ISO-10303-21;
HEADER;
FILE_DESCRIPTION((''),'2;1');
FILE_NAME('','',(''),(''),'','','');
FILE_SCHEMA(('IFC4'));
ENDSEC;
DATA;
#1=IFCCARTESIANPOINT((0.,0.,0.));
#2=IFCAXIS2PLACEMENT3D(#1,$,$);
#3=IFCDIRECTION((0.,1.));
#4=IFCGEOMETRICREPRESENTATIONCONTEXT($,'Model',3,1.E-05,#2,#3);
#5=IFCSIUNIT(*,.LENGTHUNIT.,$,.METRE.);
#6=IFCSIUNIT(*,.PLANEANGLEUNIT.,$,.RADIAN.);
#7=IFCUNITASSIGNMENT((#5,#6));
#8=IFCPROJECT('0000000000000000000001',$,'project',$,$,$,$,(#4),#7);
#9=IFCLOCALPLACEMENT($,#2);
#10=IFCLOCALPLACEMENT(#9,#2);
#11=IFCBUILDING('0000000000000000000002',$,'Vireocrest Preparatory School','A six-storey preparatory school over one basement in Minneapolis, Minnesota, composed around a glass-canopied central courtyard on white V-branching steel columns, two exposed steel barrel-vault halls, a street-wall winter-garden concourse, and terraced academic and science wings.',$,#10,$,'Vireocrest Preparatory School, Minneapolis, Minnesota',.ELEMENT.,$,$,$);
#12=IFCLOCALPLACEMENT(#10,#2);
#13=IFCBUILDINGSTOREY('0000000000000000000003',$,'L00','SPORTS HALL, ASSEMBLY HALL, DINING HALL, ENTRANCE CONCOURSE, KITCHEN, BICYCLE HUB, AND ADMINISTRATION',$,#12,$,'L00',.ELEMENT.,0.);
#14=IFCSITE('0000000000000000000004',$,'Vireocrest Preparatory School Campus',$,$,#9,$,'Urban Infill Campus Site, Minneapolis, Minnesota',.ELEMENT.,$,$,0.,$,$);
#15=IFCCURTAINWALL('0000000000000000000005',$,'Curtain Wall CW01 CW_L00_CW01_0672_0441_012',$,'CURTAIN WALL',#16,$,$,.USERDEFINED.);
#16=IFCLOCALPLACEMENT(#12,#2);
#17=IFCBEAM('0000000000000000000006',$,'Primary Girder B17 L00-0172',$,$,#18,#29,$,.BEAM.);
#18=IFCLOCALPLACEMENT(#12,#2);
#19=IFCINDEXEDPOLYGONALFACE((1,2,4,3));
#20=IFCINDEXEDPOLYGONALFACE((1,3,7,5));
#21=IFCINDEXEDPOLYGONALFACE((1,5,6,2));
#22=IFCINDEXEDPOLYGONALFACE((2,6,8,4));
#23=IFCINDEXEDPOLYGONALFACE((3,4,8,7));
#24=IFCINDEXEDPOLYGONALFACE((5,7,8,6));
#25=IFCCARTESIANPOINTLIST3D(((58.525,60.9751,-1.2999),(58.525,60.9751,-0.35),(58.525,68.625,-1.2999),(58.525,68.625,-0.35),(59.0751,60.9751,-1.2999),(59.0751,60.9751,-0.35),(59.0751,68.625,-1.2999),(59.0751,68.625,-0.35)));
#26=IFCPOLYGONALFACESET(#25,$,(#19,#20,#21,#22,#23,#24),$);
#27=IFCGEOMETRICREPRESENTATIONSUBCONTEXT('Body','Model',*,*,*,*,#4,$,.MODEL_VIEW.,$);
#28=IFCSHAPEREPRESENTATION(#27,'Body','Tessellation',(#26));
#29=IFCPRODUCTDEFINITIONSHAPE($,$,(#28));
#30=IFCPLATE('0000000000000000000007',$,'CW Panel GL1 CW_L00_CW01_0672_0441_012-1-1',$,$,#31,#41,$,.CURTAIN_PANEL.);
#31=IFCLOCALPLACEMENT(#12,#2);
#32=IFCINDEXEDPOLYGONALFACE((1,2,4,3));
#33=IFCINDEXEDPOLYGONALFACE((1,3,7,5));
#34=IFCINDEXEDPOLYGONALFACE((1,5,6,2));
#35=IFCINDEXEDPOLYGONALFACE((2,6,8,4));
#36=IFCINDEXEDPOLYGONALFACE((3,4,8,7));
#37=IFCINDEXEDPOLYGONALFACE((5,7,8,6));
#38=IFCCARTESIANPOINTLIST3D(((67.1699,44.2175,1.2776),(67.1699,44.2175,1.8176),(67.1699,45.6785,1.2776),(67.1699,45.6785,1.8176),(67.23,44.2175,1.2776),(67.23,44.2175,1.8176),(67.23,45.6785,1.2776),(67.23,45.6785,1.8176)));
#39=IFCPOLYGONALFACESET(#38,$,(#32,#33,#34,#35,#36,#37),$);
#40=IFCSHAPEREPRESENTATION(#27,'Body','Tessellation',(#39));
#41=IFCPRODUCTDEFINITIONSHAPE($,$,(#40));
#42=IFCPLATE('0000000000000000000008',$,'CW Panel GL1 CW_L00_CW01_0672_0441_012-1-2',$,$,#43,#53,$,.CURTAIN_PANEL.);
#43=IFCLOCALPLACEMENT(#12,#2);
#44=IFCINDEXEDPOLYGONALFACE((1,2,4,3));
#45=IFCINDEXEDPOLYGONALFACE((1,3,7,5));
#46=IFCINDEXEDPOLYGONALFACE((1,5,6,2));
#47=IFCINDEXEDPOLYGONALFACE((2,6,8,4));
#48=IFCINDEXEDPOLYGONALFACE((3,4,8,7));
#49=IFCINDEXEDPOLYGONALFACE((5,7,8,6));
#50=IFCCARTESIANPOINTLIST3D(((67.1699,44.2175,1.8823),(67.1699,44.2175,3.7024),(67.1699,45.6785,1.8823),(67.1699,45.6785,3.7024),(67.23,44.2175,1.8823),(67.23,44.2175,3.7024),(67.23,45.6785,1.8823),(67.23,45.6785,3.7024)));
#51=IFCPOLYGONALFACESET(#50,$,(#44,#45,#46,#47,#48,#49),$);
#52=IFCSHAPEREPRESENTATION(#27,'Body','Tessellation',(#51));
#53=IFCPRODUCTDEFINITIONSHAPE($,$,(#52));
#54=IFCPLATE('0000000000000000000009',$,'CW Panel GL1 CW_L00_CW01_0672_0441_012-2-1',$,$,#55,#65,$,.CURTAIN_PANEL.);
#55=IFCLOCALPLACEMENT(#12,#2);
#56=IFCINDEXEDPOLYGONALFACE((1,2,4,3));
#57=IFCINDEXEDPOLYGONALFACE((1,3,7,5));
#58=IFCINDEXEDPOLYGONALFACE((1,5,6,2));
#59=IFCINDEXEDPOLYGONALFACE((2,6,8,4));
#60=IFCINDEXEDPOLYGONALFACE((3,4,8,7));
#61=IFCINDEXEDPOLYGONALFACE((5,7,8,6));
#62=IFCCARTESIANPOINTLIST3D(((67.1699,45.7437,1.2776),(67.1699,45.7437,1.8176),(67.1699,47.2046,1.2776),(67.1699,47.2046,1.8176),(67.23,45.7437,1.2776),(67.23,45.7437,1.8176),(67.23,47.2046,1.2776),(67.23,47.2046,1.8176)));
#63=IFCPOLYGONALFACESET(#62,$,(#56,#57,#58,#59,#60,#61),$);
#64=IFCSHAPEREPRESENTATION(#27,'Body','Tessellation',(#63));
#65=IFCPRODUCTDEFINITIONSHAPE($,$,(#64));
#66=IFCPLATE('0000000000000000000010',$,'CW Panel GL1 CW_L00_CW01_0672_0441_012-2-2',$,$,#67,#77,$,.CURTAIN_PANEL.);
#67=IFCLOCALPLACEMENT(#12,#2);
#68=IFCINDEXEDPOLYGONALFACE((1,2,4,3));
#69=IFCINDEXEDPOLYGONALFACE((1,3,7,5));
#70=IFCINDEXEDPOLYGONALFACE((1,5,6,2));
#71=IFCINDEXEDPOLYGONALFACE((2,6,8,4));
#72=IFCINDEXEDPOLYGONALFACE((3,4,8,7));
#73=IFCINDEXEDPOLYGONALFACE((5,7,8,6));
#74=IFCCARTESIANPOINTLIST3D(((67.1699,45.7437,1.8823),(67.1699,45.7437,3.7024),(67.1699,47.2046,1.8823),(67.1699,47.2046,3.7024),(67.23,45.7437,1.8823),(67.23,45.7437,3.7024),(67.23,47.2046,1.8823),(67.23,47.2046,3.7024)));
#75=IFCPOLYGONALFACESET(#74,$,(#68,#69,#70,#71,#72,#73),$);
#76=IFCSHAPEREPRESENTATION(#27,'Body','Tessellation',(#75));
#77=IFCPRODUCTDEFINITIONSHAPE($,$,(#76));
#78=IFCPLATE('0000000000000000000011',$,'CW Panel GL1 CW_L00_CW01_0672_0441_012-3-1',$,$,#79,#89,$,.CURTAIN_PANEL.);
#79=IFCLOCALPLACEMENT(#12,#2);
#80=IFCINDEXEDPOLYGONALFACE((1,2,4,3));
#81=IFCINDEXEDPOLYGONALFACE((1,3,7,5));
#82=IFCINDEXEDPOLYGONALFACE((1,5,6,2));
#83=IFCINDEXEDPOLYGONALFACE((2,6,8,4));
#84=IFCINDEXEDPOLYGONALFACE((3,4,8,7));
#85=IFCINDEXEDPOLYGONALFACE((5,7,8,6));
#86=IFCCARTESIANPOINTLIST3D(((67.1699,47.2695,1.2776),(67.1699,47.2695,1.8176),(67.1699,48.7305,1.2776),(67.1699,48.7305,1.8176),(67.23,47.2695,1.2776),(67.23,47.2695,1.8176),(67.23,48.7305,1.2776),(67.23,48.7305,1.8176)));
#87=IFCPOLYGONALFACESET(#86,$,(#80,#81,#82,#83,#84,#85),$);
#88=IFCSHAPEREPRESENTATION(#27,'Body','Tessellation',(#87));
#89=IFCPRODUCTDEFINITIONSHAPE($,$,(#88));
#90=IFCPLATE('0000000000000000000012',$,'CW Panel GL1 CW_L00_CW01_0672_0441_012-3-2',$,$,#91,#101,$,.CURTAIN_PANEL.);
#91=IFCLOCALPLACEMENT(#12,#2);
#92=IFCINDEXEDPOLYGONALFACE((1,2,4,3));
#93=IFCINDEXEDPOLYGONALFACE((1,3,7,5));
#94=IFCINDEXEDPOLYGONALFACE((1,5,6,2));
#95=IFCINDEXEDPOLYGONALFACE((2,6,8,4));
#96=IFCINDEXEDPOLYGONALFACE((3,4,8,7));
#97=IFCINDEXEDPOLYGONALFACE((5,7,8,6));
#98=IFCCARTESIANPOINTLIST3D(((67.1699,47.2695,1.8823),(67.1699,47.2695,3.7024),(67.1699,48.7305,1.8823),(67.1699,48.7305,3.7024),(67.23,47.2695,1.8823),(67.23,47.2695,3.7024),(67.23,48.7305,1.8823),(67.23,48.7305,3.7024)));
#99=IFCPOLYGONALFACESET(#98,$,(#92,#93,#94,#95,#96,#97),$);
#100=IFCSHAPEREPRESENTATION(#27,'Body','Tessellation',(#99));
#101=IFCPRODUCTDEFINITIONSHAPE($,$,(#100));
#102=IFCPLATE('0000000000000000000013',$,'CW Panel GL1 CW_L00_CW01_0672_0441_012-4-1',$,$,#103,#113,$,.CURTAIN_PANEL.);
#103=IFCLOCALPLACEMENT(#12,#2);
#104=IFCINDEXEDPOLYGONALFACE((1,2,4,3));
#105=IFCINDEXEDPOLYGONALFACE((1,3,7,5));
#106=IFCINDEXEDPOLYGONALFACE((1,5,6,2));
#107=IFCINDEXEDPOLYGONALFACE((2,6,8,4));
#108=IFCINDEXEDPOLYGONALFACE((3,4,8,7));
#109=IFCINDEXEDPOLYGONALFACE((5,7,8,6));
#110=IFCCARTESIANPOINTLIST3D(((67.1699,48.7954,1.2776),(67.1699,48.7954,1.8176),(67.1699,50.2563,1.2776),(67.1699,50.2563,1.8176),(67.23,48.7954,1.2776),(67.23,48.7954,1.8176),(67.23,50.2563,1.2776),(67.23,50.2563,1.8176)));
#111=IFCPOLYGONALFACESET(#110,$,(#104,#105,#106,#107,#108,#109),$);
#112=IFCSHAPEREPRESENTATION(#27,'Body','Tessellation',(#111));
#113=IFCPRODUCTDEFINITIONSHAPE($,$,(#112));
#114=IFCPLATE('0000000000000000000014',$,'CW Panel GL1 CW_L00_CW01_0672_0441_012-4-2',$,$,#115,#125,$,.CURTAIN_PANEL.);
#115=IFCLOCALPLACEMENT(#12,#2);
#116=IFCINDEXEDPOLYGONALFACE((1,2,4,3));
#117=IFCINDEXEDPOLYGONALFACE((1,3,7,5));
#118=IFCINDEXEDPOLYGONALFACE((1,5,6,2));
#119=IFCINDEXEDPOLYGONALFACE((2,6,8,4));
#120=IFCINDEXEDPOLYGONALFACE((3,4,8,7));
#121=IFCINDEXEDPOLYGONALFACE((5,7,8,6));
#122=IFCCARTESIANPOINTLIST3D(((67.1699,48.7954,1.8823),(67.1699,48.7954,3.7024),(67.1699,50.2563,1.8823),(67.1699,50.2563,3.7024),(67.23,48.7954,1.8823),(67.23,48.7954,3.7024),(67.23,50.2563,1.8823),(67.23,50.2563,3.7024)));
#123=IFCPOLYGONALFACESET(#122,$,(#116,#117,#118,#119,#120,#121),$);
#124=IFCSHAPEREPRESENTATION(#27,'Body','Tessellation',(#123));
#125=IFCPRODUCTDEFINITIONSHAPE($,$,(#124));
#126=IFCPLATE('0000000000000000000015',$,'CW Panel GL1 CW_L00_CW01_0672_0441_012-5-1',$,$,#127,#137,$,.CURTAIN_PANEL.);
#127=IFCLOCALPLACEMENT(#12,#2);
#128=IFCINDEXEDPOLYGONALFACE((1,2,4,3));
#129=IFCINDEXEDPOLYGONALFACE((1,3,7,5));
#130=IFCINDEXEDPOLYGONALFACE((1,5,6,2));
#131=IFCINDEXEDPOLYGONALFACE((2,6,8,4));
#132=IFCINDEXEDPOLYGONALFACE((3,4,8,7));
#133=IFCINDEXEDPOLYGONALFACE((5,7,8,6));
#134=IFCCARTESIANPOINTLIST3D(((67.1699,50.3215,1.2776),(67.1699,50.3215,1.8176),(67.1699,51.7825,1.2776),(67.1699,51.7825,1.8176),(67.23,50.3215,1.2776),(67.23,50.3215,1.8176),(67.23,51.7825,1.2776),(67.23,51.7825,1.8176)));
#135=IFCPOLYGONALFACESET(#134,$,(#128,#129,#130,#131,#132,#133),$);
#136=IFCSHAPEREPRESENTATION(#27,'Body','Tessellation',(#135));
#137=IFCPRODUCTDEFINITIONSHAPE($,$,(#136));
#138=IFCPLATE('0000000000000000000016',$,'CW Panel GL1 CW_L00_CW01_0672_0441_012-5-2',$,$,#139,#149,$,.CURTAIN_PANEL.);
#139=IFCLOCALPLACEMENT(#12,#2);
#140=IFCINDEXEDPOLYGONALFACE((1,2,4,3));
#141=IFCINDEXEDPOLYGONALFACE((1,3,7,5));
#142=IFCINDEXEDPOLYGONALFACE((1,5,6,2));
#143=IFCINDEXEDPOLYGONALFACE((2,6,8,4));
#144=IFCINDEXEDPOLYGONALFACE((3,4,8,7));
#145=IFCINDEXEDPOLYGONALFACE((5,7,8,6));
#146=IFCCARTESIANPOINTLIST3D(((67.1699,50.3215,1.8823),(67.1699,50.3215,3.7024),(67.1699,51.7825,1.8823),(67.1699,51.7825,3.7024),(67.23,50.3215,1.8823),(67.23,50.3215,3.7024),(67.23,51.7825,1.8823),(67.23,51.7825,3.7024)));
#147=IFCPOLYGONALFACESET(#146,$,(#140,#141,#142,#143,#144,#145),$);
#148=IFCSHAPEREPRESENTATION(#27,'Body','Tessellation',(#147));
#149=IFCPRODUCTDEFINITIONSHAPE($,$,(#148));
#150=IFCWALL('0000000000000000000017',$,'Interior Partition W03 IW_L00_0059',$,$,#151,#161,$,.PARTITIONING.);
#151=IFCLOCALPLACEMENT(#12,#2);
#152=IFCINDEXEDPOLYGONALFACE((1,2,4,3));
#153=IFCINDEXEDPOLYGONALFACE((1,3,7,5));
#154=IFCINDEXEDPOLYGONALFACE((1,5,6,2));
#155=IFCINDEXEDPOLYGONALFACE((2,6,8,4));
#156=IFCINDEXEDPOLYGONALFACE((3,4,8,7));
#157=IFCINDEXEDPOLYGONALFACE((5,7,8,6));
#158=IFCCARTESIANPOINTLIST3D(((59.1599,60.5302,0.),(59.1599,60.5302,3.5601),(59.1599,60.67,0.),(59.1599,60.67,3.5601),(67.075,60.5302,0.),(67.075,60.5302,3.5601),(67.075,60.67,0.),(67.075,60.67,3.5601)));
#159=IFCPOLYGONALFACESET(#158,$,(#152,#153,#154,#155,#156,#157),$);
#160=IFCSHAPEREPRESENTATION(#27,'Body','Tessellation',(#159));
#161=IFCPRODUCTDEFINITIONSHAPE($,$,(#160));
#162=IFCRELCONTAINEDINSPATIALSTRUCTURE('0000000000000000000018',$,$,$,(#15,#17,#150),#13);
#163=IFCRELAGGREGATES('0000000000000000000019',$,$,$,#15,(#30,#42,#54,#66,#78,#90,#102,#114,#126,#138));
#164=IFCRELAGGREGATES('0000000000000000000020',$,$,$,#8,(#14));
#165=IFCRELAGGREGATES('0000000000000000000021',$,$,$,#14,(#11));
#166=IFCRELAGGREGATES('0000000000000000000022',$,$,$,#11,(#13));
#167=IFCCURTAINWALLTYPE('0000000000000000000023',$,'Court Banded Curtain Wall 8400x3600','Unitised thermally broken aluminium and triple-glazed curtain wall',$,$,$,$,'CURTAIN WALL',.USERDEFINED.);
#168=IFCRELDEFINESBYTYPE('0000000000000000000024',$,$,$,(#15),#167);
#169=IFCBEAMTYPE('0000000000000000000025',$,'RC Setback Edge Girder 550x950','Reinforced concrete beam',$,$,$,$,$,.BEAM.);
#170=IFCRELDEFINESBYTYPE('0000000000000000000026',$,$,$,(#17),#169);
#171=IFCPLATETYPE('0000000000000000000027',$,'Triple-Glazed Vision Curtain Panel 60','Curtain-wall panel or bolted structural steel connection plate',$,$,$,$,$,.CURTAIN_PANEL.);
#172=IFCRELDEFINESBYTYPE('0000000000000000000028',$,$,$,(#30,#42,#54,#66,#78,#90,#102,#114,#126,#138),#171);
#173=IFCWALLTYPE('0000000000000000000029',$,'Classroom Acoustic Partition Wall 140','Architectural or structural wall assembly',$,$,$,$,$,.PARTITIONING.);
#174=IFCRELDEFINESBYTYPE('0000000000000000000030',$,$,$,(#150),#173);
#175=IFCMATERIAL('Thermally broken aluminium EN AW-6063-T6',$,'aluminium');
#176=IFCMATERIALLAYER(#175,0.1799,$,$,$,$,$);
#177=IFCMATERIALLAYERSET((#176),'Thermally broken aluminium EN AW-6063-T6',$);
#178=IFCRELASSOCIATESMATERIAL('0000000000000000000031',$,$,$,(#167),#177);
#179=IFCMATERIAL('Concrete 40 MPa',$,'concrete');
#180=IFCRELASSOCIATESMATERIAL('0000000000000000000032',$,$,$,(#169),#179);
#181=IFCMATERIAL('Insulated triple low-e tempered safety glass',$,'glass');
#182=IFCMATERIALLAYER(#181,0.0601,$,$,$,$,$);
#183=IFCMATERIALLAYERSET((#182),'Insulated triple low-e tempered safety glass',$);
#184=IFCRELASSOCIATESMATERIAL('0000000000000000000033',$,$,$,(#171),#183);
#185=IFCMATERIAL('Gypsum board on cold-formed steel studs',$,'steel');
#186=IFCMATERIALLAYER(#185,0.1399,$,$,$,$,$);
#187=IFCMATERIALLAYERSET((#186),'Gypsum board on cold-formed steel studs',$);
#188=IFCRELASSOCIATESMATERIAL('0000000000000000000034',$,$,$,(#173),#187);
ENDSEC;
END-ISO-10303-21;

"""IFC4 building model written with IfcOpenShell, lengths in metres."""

from ifc_helpers import new_model, si_unit, direction, frame, frame_2d, origin, origin_2d, place, context, subcontext, project, spatial, rectangle, extrude, material, layer, layer_set, material_profile, profile_set, type_object, element, aggregate, save


model = new_model("IFC4")

# Units and contexts
model_context = context("Model", 3, precision=1e-05, world=origin(), true_north=direction((0.0, 1.0)))
body_context = subcontext(model_context, "Body", "Model", "MODEL_VIEW")
ifc_project = project(units=[si_unit("LENGTHUNIT", "METRE"), si_unit("PLANEANGLEUNIT", "RADIAN")], contexts=[model_context])

# Site, building, storey
site_placement = place(None, origin())
site = spatial("IfcSite", under=ifc_project, at=site_placement, Name="Vireocrest Preparatory School Campus", LongName="Urban Infill Campus Site, Minneapolis, Minnesota", CompositionType="ELEMENT", RefElevation=0.0)
building_placement = place(site_placement, origin())
building = spatial("IfcBuilding", under=site, at=building_placement, Name="Vireocrest Preparatory School", Description="A six-storey preparatory school over one basement in Minneapolis, Minnesota, composed around a glass-canopied central courtyard on white V-branching steel columns, two exposed steel barrel-vault halls, a street-wall winter-garden concourse, and terraced academic and science wings.", LongName="Vireocrest Preparatory School, Minneapolis, Minnesota", CompositionType="ELEMENT")
storey_placement = place(building_placement, origin())
storey = spatial("IfcBuildingStorey", under=building, at=storey_placement, Name="L00", Description="SPORTS HALL, ASSEMBLY HALL, DINING HALL, ENTRANCE CONCOURSE, KITCHEN, BICYCLE HUB, AND ADMINISTRATION", LongName="L00", CompositionType="ELEMENT", Elevation=0.0)

# Curtain wall
ifc_material_1 = material(Name="Thermally broken aluminium EN AW-6063-T6", Category="aluminium")
ifc_layer_1 = layer(ifc_material_1, 0.1799)
ifc_layer_set_1 = layer_set([ifc_layer_1], Name="Thermally broken aluminium EN AW-6063-T6")
curtain_wall_type = type_object("IfcCurtainWallType", Name="Court Banded Curtain Wall 8400x3600", Description="Unitised thermally broken aluminium and triple-glazed curtain wall", ElementType="CURTAIN WALL", PredefinedType="USERDEFINED", material=ifc_layer_set_1)
curtain_wall_placement = place(storey_placement, origin())
curtain_wall = element("IfcCurtainWall", 1, at=curtain_wall_placement, inside=storey, type_object=curtain_wall_type, Name="Curtain Wall CW01 CW_L00_CW01_0672_0441_012", ObjectType="CURTAIN WALL", PredefinedType="USERDEFINED")

# Beam
ifc_material_2 = material(Name="Concrete 40 MPa", Category="concrete")
ifc_material_profile_1 = material_profile(ifc_material_2, rectangle(XDim=0.55, YDim=0.95, at=origin_2d()), Name="RC 550x950")
ifc_profile_set_1 = profile_set([ifc_material_profile_1], Name="Concrete 40 MPa")
beam_type_1 = type_object("IfcBeamType", Name="RC Setback Edge Girder 550x950", Description="Reinforced concrete beam", PredefinedType="BEAM", material=ifc_profile_set_1)
beam_1_placement = place(storey_placement, frame((58.8, 60.9751, -0.825), z_axis=(0.0, 1.0, 0.0), x_axis=(-1.0, 0.0, 0.0)))
element("IfcBeam", 2, at=beam_1_placement, inside=storey, type_object=beam_type_1, Name="Primary Girder B17 L00-0172", PredefinedType="BEAM", context=body_context, shape_type="SweptSolid", body=[
    extrude(rectangle(XDim=0.55, YDim=0.95, at=origin_2d()), origin(), (0.0, 0.0, 1.0), 7.6499),
])

# Plates
ifc_material_3 = material(Name="Insulated triple low-e tempered safety glass", Category="glass")
ifc_layer_2 = layer(ifc_material_3, 0.0601)
ifc_layer_set_2 = layer_set([ifc_layer_2], Name="Insulated triple low-e tempered safety glass")
plate_type = type_object("IfcPlateType", Name="Triple-Glazed Vision Curtain Panel 60", Description="Curtain-wall panel or bolted structural steel connection plate", PredefinedType="CURTAIN_PANEL", material=ifc_layer_set_2)
plate_1_placement = place(storey_placement, frame((67.2, 44.948, 1.2776), z_axis=(0.0, 0.0, 1.0), x_axis=(0.0, 1.0, 0.0)))
plate_1 = element("IfcPlate", 3, at=plate_1_placement, type_object=plate_type, Name="CW Panel GL1 CW_L00_CW01_0672_0441_012-1-1", PredefinedType="CURTAIN_PANEL", context=body_context, shape_type="SweptSolid", body=[
    extrude(rectangle(XDim=1.4609, YDim=0.0601, at=origin_2d()), origin(), (0.0, 0.0, 1.0), 0.54),
])
plate_2_placement = place(storey_placement, frame((67.2, 44.948, 1.8823), z_axis=(0.0, 0.0, 1.0), x_axis=(0.0, 1.0, 0.0)))
plate_2 = element("IfcPlate", 4, at=plate_2_placement, type_object=plate_type, Name="CW Panel GL1 CW_L00_CW01_0672_0441_012-1-2", PredefinedType="CURTAIN_PANEL", context=body_context, shape_type="SweptSolid", body=[
    extrude(rectangle(XDim=1.4609, YDim=0.0601, at=origin_2d()), origin(), (0.0, 0.0, 1.0), 1.8201),
])
plate_3_placement = place(storey_placement, frame((67.2, 46.4741, 1.2776), z_axis=(0.0, 0.0, 1.0), x_axis=(0.0, 1.0, 0.0)))
plate_3 = element("IfcPlate", 5, at=plate_3_placement, type_object=plate_type, Name="CW Panel GL1 CW_L00_CW01_0672_0441_012-2-1", PredefinedType="CURTAIN_PANEL", context=body_context, shape_type="SweptSolid", body=[
    extrude(rectangle(XDim=1.4609, YDim=0.0601, at=origin_2d()), origin(), (0.0, 0.0, 1.0), 0.54),
])
plate_4_placement = place(storey_placement, frame((67.2, 46.4741, 1.8823), z_axis=(0.0, 0.0, 1.0), x_axis=(0.0, 1.0, 0.0)))
plate_4 = element("IfcPlate", 6, at=plate_4_placement, type_object=plate_type, Name="CW Panel GL1 CW_L00_CW01_0672_0441_012-2-2", PredefinedType="CURTAIN_PANEL", context=body_context, shape_type="SweptSolid", body=[
    extrude(rectangle(XDim=1.4609, YDim=0.0601, at=origin_2d()), origin(), (0.0, 0.0, 1.0), 1.8201),
])
plate_5_placement = place(storey_placement, frame((67.2, 48.0, 1.2776), z_axis=(0.0, 0.0, 1.0), x_axis=(0.0, 1.0, 0.0)))
plate_5 = element("IfcPlate", 7, at=plate_5_placement, type_object=plate_type, Name="CW Panel GL1 CW_L00_CW01_0672_0441_012-3-1", PredefinedType="CURTAIN_PANEL", context=body_context, shape_type="SweptSolid", body=[
    extrude(rectangle(XDim=1.4609, YDim=0.0601, at=origin_2d()), origin(), (0.0, 0.0, 1.0), 0.54),
])
plate_6_placement = place(storey_placement, frame((67.2, 48.0, 1.8823), z_axis=(0.0, 0.0, 1.0), x_axis=(0.0, 1.0, 0.0)))
plate_6 = element("IfcPlate", 8, at=plate_6_placement, type_object=plate_type, Name="CW Panel GL1 CW_L00_CW01_0672_0441_012-3-2", PredefinedType="CURTAIN_PANEL", context=body_context, shape_type="SweptSolid", body=[
    extrude(rectangle(XDim=1.4609, YDim=0.0601, at=origin_2d()), origin(), (0.0, 0.0, 1.0), 1.8201),
])
plate_7_placement = place(storey_placement, frame((67.2, 49.5259, 1.2776), z_axis=(0.0, 0.0, 1.0), x_axis=(0.0, 1.0, 0.0)))
plate_7 = element("IfcPlate", 9, at=plate_7_placement, type_object=plate_type, Name="CW Panel GL1 CW_L00_CW01_0672_0441_012-4-1", PredefinedType="CURTAIN_PANEL", context=body_context, shape_type="SweptSolid", body=[
    extrude(rectangle(XDim=1.4609, YDim=0.0601, at=origin_2d()), origin(), (0.0, 0.0, 1.0), 0.54),
])
plate_8_placement = place(storey_placement, frame((67.2, 49.5259, 1.8823), z_axis=(0.0, 0.0, 1.0), x_axis=(0.0, 1.0, 0.0)))
plate_8 = element("IfcPlate", 10, at=plate_8_placement, type_object=plate_type, Name="CW Panel GL1 CW_L00_CW01_0672_0441_012-4-2", PredefinedType="CURTAIN_PANEL", context=body_context, shape_type="SweptSolid", body=[
    extrude(rectangle(XDim=1.4609, YDim=0.0601, at=origin_2d()), origin(), (0.0, 0.0, 1.0), 1.8201),
])
plate_9_placement = place(storey_placement, frame((67.2, 51.052, 1.2776), z_axis=(0.0, 0.0, 1.0), x_axis=(0.0, 1.0, 0.0)))
plate_9 = element("IfcPlate", 11, at=plate_9_placement, type_object=plate_type, Name="CW Panel GL1 CW_L00_CW01_0672_0441_012-5-1", PredefinedType="CURTAIN_PANEL", context=body_context, shape_type="SweptSolid", body=[
    extrude(rectangle(XDim=1.4609, YDim=0.0601, at=origin_2d()), origin(), (0.0, 0.0, 1.0), 0.54),
])
plate_10_placement = place(storey_placement, frame((67.2, 51.052, 1.8823), z_axis=(0.0, 0.0, 1.0), x_axis=(0.0, 1.0, 0.0)))
plate_10 = element("IfcPlate", 12, at=plate_10_placement, type_object=plate_type, Name="CW Panel GL1 CW_L00_CW01_0672_0441_012-5-2", PredefinedType="CURTAIN_PANEL", context=body_context, shape_type="SweptSolid", body=[
    extrude(rectangle(XDim=1.4609, YDim=0.0601, at=origin_2d()), origin(), (0.0, 0.0, 1.0), 1.8201),
])
aggregate(curtain_wall, [plate_1, plate_2, plate_3, plate_4, plate_5, plate_6, plate_7, plate_8, plate_9, plate_10])

# Wall
ifc_material_4 = material(Name="Gypsum board on cold-formed steel studs", Category="steel")
ifc_layer_3 = layer(ifc_material_4, 0.1399)
ifc_layer_set_3 = layer_set([ifc_layer_3], Name="Gypsum board on cold-formed steel studs")
wall_type_1 = type_object("IfcWallType", Name="Classroom Acoustic Partition Wall 140", Description="Architectural or structural wall assembly", PredefinedType="PARTITIONING", material=ifc_layer_set_3)
wall_1_placement = place(storey_placement, frame((59.1599, 60.6001, 0.0), z_axis=(0.0, 0.0, 1.0), x_axis=(1.0, 0.0, 0.0)))
element("IfcWall", 13, at=wall_1_placement, inside=storey, type_object=wall_type_1, Name="Interior Partition W03 IW_L00_0059", PredefinedType="PARTITIONING", context=body_context, shape_type="SweptSolid", body=[
    extrude(rectangle(XDim=7.915, YDim=0.1399, at=frame_2d((3.9575, 0.0))), origin(), (0.0, 0.0, 1.0), 3.5601),
])

save(model, "model.ifc")
